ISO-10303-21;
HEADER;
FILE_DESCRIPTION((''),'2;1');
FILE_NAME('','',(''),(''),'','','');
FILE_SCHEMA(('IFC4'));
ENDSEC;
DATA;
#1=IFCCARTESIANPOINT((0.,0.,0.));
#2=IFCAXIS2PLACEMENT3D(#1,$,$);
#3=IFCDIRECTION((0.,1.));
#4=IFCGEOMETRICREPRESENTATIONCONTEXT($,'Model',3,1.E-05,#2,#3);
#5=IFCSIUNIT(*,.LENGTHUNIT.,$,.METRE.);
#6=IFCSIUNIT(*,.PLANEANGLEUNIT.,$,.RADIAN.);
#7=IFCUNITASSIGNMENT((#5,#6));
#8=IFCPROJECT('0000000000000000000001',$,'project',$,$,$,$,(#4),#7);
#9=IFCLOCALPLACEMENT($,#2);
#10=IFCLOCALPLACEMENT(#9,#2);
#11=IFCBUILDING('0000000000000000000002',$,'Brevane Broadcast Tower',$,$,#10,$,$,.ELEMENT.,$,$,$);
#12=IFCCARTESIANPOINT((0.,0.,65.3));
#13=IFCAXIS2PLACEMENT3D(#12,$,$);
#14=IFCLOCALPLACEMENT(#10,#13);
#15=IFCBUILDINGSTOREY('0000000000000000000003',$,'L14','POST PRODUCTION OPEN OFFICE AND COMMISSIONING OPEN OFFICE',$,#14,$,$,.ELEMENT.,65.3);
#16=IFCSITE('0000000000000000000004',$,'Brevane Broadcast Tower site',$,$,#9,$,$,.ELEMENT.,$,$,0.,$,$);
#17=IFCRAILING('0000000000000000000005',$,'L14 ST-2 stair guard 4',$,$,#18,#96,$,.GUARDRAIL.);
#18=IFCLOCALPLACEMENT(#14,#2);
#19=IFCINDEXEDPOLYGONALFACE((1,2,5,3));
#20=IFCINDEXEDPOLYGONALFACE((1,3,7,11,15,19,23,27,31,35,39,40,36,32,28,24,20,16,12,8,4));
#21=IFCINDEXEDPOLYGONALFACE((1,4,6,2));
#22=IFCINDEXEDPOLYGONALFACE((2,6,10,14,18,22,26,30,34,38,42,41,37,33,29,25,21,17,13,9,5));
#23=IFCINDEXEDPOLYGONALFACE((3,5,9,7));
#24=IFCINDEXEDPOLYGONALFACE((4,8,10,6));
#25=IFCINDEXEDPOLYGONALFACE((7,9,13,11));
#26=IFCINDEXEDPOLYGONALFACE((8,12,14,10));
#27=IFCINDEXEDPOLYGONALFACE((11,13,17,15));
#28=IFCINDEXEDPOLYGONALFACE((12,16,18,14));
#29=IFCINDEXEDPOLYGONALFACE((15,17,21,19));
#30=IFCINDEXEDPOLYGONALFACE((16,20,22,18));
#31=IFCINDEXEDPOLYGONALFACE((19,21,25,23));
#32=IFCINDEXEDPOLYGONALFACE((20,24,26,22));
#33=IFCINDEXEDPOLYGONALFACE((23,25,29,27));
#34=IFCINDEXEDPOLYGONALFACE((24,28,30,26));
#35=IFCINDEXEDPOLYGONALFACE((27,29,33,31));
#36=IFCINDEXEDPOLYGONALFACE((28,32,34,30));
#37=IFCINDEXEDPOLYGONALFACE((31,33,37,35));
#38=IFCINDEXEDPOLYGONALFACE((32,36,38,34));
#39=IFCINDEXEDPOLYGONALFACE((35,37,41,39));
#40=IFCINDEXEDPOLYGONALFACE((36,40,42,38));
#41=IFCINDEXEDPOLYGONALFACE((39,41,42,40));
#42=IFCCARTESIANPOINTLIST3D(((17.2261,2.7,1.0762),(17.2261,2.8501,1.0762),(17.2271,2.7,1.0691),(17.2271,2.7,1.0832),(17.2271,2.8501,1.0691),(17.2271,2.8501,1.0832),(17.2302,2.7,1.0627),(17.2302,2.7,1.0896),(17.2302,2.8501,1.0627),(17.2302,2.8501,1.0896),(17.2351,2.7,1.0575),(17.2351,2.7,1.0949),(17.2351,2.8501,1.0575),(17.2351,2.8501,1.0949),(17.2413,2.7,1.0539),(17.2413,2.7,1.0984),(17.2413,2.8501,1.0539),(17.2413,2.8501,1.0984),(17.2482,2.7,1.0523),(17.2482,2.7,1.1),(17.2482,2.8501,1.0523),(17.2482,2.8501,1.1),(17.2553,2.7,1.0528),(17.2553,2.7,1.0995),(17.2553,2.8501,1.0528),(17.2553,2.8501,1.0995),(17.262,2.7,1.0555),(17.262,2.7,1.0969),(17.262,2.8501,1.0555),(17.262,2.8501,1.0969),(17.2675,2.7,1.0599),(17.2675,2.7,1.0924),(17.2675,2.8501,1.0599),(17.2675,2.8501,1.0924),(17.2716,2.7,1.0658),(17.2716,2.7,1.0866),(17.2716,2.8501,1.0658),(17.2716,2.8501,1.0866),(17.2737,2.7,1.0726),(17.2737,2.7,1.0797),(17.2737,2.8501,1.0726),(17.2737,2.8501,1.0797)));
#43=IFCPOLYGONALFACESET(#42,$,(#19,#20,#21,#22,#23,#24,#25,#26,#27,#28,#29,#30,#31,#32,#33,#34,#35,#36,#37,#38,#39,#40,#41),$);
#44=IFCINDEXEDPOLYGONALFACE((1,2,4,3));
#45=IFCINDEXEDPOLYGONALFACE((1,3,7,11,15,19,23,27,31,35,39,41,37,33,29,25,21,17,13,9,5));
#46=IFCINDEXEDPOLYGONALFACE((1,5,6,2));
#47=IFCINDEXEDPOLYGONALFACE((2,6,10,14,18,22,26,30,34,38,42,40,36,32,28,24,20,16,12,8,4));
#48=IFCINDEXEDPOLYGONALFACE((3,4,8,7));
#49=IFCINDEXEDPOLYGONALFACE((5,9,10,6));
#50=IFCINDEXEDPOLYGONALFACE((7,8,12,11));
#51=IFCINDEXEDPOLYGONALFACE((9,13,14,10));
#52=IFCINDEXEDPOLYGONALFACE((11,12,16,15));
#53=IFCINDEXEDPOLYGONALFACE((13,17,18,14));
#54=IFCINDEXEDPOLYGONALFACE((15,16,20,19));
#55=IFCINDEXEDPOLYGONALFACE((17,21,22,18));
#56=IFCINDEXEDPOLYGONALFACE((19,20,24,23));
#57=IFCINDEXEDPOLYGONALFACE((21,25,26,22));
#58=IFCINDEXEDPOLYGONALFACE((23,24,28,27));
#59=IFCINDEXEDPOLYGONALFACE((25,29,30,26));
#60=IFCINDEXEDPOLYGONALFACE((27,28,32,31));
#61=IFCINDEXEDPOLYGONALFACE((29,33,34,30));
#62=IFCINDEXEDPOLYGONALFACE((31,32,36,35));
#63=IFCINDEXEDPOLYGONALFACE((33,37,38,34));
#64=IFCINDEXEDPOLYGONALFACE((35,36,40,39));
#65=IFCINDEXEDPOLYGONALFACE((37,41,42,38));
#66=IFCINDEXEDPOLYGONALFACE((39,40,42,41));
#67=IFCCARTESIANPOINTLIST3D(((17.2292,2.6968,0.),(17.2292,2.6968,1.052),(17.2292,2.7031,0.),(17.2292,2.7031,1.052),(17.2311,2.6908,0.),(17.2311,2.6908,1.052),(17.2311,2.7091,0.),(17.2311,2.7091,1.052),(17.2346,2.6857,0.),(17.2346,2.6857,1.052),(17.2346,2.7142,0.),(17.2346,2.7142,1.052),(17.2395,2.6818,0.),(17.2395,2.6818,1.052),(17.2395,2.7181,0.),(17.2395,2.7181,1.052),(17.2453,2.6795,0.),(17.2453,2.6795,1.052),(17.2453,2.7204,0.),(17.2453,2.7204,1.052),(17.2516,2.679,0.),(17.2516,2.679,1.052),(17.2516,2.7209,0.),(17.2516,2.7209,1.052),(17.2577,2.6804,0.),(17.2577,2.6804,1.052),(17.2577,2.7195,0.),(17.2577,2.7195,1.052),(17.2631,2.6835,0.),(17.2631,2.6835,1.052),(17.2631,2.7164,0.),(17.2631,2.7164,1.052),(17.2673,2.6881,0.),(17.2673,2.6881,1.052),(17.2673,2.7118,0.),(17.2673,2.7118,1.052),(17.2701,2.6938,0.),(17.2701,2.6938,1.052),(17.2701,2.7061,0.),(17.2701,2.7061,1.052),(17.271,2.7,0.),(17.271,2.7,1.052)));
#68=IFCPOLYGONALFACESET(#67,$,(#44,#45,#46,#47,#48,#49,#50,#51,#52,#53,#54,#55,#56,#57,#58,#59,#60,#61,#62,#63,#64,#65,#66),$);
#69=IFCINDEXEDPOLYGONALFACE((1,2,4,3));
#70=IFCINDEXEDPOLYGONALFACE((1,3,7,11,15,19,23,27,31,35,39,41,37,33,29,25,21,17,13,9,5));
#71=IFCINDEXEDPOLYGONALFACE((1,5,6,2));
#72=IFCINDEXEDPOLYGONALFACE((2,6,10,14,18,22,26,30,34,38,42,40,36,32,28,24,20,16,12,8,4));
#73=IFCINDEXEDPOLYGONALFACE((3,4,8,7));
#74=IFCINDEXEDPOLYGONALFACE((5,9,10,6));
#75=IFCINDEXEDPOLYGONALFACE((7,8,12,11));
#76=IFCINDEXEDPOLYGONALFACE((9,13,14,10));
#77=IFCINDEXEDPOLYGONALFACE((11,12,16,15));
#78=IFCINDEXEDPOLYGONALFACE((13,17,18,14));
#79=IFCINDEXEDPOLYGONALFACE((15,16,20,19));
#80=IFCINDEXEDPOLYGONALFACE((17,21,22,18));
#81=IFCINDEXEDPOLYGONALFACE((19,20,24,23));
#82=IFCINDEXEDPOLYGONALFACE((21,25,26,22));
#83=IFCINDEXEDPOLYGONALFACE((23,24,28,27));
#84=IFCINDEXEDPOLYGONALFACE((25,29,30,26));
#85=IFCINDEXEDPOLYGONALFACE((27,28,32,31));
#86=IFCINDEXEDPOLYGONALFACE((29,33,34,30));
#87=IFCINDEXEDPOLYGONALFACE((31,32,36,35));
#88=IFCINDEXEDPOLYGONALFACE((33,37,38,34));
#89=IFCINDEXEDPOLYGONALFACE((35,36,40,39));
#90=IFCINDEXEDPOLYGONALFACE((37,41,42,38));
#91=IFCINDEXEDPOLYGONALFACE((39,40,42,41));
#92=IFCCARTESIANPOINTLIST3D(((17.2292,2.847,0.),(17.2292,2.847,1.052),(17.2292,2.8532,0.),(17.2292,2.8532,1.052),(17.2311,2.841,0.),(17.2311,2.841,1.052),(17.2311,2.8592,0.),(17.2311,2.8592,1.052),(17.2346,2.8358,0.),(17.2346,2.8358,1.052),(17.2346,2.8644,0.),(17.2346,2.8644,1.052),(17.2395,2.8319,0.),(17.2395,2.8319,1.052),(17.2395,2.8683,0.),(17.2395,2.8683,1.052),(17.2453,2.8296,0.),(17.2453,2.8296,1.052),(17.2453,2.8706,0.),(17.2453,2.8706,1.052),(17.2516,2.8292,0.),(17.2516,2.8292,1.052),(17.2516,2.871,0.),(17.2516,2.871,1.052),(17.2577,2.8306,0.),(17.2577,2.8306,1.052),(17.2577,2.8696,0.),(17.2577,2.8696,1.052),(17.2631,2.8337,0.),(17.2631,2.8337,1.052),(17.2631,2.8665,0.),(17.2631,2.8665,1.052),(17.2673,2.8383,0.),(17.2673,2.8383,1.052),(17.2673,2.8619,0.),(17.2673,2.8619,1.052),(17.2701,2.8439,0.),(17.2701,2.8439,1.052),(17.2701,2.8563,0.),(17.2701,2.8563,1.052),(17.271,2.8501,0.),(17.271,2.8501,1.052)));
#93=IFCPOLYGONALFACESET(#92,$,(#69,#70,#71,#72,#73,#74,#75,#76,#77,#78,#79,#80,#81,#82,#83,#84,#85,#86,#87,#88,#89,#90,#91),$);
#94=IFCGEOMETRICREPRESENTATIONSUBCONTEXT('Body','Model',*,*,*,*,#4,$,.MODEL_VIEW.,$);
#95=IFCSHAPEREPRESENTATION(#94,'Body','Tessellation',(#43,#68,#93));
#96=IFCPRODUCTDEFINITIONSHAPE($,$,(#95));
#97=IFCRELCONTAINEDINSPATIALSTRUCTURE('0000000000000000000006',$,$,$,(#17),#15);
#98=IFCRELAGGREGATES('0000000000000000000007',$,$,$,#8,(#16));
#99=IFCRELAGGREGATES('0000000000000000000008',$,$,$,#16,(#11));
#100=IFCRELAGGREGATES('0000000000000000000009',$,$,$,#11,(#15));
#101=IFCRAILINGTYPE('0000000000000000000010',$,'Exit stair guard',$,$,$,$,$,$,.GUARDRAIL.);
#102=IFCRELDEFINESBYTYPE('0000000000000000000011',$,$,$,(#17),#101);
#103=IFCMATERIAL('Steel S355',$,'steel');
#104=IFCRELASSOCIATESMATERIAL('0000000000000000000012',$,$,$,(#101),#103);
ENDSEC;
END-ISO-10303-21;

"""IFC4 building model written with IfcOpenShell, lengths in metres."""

from ifc_helpers import new_model, si_unit, direction, frame, origin, origin_2d, place, context, subcontext, project, spatial, circle, extrude, material, type_object, element, save


model = new_model("IFC4")

# Units and contexts
model_context = context("Model", 3, precision=1e-05, world=origin(), true_north=direction((0.0, 1.0)))
body_context = subcontext(model_context, "Body", "Model", "MODEL_VIEW")
ifc_project = project(units=[si_unit("LENGTHUNIT", "METRE"), si_unit("PLANEANGLEUNIT", "RADIAN")], contexts=[model_context])

# Site, building, storey
site_placement = place(None, origin())
site = spatial("IfcSite", under=ifc_project, at=site_placement, Name="Brevane Broadcast Tower site", CompositionType="ELEMENT", RefElevation=0.0)
building_placement = place(site_placement, origin())
building = spatial("IfcBuilding", under=site, at=building_placement, Name="Brevane Broadcast Tower", CompositionType="ELEMENT")
storey_placement = place(building_placement, frame((0.0, 0.0, 65.3)))
storey = spatial("IfcBuildingStorey", under=building, at=storey_placement, Name="L14", Description="POST PRODUCTION OPEN OFFICE AND COMMISSIONING OPEN OFFICE", CompositionType="ELEMENT", Elevation=65.3)

# Railing
ifc_material_1 = material(Name="Steel S355", Category="steel")
railing_type_1 = type_object("IfcRailingType", Name="Exit stair guard", PredefinedType="GUARDRAIL", material=ifc_material_1)
railing_1_placement = place(storey_placement, frame((17.25, 2.7, 0.0)))
element("IfcRailing", 1, at=railing_1_placement, inside=storey, type_object=railing_type_1, Name="L14 ST-2 stair guard 4", PredefinedType="GUARDRAIL", context=body_context, shape_type="SweptSolid", body=[
    extrude(circle(Radius=0.0239, at=origin_2d()), frame((0.0, 0.0, 1.0762), z_axis=(0.0, 1.0, 0.0), x_axis=(-1.0, 0.0, 0.0)), (0.0, 0.0, 1.0), 0.1501),
    extrude(circle(Radius=0.021, at=origin_2d()), origin(), (0.0, 0.0, 1.0), 1.052),
    extrude(circle(Radius=0.021, at=origin_2d()), frame((0.0, 0.1501, 0.0)), (0.0, 0.0, 1.0), 1.052),
])

save(model, "model.ifc")
